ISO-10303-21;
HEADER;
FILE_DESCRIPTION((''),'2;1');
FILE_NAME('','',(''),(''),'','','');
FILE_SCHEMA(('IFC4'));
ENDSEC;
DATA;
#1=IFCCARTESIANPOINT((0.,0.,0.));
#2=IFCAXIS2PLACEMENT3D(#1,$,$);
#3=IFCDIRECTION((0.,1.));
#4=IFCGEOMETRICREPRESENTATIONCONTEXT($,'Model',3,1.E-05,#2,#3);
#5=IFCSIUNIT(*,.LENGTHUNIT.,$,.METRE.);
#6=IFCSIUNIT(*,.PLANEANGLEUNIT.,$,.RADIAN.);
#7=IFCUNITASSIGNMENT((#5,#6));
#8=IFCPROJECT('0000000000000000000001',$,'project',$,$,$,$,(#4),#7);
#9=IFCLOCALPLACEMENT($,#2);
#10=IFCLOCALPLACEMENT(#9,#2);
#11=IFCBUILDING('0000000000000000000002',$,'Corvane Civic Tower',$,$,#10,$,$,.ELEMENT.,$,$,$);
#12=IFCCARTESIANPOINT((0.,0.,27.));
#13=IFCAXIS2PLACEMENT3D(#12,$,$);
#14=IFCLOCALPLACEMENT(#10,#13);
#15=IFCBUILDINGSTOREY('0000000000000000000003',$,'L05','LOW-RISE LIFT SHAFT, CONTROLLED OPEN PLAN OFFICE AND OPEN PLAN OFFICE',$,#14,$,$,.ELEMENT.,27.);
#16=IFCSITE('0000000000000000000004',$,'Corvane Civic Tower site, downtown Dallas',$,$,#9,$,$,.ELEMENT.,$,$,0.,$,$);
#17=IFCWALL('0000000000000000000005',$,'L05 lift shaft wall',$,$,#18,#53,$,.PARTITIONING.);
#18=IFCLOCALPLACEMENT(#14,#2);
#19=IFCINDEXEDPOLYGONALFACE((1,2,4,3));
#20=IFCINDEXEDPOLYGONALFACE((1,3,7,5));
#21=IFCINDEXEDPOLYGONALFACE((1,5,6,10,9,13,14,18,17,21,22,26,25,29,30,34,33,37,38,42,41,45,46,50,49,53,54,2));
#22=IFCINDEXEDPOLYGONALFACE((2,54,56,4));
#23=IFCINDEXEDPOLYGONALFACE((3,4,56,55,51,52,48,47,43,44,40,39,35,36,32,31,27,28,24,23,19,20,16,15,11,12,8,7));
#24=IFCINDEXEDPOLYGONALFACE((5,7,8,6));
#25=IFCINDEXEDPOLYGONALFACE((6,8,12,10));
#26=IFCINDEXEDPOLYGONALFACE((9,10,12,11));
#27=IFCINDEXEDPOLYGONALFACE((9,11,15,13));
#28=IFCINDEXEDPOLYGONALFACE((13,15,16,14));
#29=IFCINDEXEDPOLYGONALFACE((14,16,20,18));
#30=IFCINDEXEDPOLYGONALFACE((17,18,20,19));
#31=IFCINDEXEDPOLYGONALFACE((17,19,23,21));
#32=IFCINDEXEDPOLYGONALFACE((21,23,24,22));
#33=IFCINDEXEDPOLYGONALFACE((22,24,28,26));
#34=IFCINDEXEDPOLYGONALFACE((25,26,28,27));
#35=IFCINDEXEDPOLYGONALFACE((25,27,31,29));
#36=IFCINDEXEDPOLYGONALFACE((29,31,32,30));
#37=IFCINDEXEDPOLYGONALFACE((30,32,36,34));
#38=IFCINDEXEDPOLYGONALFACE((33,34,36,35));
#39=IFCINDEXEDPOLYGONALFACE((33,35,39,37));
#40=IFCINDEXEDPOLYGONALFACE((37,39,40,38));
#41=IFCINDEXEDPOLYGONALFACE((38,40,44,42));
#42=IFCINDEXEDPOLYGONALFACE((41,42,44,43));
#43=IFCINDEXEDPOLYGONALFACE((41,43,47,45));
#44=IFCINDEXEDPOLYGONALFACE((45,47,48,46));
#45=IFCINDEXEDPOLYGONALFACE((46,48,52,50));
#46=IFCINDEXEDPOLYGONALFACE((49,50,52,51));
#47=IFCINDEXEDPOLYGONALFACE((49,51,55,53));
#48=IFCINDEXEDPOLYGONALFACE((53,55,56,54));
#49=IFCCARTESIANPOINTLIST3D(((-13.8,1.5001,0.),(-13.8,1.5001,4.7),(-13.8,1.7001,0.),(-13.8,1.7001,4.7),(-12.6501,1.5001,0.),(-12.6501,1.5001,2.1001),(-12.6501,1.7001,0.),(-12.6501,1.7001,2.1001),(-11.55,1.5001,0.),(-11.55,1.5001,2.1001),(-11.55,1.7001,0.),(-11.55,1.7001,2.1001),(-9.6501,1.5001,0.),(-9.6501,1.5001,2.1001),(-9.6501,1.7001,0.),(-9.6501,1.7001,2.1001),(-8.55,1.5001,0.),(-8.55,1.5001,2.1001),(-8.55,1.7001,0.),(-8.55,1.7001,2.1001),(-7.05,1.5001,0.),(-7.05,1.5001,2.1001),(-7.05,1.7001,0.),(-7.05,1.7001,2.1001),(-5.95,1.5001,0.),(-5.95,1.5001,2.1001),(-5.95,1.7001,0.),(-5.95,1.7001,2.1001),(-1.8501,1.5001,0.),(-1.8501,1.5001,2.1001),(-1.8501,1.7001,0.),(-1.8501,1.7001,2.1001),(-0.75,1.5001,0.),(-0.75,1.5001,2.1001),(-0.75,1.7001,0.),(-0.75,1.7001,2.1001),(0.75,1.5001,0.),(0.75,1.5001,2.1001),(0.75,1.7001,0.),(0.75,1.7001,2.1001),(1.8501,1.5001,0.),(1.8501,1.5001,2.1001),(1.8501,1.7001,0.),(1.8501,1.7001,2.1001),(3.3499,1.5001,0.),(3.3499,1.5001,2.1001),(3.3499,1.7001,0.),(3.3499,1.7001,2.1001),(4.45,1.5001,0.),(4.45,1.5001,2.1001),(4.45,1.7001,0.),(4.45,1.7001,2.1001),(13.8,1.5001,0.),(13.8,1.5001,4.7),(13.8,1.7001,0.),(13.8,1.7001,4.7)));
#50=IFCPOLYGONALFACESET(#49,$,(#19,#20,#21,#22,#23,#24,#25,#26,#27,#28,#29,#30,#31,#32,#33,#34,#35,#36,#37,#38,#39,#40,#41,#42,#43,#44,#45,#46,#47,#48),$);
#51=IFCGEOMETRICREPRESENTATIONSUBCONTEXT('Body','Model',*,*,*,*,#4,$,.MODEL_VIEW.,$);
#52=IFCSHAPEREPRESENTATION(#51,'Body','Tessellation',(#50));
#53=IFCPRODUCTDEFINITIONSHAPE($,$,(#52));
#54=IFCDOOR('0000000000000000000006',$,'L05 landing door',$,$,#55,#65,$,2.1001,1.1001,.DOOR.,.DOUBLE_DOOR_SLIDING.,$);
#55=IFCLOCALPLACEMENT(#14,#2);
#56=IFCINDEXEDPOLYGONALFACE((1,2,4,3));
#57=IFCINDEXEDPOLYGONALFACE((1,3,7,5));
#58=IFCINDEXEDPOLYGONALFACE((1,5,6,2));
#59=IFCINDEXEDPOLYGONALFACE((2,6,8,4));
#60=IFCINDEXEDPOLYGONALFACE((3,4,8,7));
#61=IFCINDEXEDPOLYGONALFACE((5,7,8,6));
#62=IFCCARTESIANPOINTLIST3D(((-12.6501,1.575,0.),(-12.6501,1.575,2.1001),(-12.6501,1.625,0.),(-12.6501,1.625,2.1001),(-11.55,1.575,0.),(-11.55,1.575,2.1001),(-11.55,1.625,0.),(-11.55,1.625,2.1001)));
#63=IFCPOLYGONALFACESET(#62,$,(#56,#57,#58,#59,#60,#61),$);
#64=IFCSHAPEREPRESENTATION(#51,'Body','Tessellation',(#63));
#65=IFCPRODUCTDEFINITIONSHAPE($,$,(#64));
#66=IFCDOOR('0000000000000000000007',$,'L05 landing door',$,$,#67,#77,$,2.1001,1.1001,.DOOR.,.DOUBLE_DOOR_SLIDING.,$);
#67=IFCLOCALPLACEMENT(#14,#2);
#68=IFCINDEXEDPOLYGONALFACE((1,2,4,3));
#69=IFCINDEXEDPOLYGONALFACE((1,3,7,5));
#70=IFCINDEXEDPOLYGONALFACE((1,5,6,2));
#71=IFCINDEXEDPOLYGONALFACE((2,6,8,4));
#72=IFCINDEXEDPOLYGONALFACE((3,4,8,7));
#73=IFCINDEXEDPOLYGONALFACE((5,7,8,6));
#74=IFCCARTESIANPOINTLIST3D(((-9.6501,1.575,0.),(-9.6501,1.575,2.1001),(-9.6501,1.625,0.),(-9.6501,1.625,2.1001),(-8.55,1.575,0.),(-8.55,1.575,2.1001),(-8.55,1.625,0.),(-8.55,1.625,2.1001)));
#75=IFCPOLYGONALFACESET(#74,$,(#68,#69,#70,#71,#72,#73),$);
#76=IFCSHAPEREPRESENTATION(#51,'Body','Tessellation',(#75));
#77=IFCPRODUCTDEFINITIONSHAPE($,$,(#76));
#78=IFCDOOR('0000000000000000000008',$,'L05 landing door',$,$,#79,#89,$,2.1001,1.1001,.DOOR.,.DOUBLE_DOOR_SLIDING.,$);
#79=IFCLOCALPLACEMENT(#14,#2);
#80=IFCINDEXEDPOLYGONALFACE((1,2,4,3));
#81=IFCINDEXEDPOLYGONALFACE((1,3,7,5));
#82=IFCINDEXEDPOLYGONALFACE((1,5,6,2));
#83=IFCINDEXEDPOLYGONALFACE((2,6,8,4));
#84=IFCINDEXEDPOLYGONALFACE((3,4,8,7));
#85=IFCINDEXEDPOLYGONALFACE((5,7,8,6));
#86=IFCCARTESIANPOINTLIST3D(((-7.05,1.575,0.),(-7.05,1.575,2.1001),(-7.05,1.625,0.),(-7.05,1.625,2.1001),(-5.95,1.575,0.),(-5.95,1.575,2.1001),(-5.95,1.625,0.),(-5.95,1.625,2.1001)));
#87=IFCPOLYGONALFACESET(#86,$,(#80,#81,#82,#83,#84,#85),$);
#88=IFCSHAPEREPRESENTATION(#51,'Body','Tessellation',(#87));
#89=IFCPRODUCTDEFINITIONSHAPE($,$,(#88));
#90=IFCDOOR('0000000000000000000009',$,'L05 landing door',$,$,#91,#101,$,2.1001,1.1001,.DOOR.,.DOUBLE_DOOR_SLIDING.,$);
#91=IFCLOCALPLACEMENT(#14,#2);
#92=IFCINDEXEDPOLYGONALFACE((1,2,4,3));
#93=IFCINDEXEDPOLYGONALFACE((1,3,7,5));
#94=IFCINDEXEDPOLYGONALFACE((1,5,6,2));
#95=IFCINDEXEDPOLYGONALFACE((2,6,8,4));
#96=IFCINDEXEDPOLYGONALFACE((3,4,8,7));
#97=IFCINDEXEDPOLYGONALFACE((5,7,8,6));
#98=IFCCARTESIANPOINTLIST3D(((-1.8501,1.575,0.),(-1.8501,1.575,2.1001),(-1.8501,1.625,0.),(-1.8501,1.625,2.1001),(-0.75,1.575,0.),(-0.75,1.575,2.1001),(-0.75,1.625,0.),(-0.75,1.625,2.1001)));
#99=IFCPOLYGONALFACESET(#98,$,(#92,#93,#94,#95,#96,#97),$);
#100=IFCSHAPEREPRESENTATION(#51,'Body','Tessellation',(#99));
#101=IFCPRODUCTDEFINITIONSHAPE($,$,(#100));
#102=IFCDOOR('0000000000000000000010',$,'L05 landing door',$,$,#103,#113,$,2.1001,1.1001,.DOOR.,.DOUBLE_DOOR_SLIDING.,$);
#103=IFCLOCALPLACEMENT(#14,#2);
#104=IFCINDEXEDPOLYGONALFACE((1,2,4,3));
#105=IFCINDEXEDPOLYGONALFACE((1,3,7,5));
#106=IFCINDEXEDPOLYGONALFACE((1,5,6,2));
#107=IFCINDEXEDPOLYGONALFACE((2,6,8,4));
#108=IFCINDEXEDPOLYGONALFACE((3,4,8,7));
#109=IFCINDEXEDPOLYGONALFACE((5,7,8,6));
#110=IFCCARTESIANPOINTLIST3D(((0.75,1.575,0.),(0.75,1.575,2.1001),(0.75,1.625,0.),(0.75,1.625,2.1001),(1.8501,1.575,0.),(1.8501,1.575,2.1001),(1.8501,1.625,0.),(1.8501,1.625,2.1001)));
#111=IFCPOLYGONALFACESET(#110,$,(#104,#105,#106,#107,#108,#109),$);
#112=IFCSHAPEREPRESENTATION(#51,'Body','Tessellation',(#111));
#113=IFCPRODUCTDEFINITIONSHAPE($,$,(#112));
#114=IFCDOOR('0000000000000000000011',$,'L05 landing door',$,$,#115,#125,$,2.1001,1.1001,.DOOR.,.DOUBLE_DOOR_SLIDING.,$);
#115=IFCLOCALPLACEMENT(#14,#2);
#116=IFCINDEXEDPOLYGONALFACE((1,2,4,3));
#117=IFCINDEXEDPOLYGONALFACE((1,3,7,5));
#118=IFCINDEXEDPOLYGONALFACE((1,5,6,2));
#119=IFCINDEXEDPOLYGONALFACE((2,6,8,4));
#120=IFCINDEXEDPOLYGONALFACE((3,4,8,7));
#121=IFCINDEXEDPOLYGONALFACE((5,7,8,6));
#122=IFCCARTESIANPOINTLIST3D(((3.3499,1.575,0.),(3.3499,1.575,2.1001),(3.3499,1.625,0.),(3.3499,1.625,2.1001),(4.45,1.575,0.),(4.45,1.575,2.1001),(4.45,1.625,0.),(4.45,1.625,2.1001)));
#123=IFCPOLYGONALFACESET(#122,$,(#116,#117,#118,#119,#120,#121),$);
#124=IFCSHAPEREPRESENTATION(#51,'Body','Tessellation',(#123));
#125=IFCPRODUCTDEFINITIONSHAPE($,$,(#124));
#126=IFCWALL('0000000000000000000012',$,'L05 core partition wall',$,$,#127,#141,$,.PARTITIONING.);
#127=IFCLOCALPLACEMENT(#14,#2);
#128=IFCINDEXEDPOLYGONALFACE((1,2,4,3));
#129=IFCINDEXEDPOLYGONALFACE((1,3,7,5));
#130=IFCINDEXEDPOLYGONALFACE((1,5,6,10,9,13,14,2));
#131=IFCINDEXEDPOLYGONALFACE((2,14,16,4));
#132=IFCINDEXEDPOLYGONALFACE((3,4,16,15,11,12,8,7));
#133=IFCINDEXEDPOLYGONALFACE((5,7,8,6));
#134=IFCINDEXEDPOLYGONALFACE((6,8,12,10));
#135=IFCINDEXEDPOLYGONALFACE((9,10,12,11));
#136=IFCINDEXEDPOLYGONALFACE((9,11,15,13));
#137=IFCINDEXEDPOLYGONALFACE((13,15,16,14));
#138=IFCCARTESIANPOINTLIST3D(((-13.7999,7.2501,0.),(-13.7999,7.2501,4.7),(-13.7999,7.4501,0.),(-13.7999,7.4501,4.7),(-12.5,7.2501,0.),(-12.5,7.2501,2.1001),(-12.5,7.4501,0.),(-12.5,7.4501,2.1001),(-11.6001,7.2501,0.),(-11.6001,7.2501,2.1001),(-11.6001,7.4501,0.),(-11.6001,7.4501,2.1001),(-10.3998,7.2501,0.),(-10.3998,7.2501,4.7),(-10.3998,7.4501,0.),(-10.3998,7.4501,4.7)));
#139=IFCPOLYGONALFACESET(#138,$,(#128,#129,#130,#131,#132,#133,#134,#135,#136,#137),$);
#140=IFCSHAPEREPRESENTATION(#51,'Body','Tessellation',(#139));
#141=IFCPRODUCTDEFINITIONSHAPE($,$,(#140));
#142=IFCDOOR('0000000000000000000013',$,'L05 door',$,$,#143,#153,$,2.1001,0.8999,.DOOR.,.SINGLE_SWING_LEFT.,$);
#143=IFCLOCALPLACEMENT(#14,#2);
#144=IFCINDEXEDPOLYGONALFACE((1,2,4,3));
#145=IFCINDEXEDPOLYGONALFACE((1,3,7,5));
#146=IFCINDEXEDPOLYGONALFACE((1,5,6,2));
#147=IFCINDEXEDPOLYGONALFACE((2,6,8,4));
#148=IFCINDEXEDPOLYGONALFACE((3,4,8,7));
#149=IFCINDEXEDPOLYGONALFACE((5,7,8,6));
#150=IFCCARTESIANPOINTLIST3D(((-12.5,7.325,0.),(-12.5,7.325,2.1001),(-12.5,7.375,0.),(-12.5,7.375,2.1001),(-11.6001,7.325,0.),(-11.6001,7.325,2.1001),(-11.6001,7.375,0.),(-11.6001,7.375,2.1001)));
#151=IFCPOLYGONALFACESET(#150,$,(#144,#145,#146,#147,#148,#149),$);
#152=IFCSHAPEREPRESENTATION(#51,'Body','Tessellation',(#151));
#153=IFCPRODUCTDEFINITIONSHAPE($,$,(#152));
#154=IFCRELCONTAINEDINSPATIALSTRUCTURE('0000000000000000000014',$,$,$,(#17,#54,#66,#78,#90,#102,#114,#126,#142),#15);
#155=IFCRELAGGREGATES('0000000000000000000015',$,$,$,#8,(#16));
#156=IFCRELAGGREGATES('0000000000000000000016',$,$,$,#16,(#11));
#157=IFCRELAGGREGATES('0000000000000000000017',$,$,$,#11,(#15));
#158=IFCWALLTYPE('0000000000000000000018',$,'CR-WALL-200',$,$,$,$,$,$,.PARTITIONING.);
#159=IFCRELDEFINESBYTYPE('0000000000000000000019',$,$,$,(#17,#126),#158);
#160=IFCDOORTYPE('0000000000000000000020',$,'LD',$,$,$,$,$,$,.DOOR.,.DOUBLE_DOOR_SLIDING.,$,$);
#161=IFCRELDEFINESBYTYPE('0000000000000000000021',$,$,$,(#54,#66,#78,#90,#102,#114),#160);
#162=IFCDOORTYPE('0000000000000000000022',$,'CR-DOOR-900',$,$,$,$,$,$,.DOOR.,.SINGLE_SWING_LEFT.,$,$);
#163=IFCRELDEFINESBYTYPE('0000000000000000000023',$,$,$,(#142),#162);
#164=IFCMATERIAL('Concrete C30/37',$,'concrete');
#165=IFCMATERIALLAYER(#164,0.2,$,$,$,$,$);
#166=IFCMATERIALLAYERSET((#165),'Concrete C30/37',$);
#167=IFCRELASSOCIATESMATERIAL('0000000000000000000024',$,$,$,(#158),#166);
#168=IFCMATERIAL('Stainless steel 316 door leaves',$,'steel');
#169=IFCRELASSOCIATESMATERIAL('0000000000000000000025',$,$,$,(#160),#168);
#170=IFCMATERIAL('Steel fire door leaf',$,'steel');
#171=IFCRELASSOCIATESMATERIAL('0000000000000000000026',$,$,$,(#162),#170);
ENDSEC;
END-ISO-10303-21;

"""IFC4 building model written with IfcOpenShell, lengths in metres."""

from ifc_helpers import new_model, si_unit, direction, frame, frame_2d, origin, place, context, subcontext, project, spatial, rectangle, extrude, material, layer, layer_set, type_object, element, fill, save


model = new_model("IFC4")

# Units and contexts
model_context = context("Model", 3, precision=1e-05, world=origin(), true_north=direction((0.0, 1.0)))
body_context = subcontext(model_context, "Body", "Model", "MODEL_VIEW")
ifc_project = project(units=[si_unit("LENGTHUNIT", "METRE"), si_unit("PLANEANGLEUNIT", "RADIAN")], contexts=[model_context])

# Site, building, storey
site_placement = place(None, origin())
site = spatial("IfcSite", under=ifc_project, at=site_placement, Name="Corvane Civic Tower site, downtown Dallas", CompositionType="ELEMENT", RefElevation=0.0)
building_placement = place(site_placement, origin())
building = spatial("IfcBuilding", under=site, at=building_placement, Name="Corvane Civic Tower", CompositionType="ELEMENT")
storey_placement = place(building_placement, frame((0.0, 0.0, 27.0)))
storey = spatial("IfcBuildingStorey", under=building, at=storey_placement, Name="L05", Description="LOW-RISE LIFT SHAFT, CONTROLLED OPEN PLAN OFFICE AND OPEN PLAN OFFICE", CompositionType="ELEMENT", Elevation=27.0)

# Wall, openings, doors
ifc_material_1 = material(Name="Concrete C30/37", Category="concrete")
ifc_layer_1 = layer(ifc_material_1, 0.2)
ifc_layer_set_1 = layer_set([ifc_layer_1], Name="Concrete C30/37")
wall_type_1 = type_object("IfcWallType", Name="CR-WALL-200", PredefinedType="PARTITIONING", material=ifc_layer_set_1)
wall_1_placement = place(storey_placement, frame((-13.8, 1.6001, 0.0), z_axis=(0.0, 0.0, 1.0), x_axis=(1.0, 0.0, 0.0)))
wall_1 = element("IfcWall", 1, at=wall_1_placement, inside=storey, type_object=wall_type_1, Name="L05 lift shaft wall", PredefinedType="PARTITIONING", context=body_context, shape_type="SweptSolid", body=[
    extrude(rectangle(XDim=27.6001, YDim=0.2, at=frame_2d((13.8, 0.0))), origin(), (0.0, 0.0, 1.0), 4.7),
])
opening_1_placement = place(wall_1_placement, frame((1.1499, 0.0, 0.0)))
opening_1 = element("IfcOpeningElement", 2, at=opening_1_placement, cuts=wall_1, PredefinedType="OPENING", context=body_context, shape_type="SweptSolid", body=[
    extrude(rectangle(XDim=1.1001, YDim=2.1001, at=frame_2d((0.55, 1.05))), frame((0.0, 0.1099, 0.0), z_axis=(0.0, -1.0, 0.0), x_axis=(1.0, 0.0, 0.0)), (0.0, 0.0, 1.0), 0.22),
])
opening_2_placement = place(wall_1_placement, frame((4.1499, 0.0, 0.0)))
opening_2 = element("IfcOpeningElement", 3, at=opening_2_placement, cuts=wall_1, PredefinedType="OPENING", context=body_context, shape_type="SweptSolid", body=[
    extrude(rectangle(XDim=1.1001, YDim=2.1001, at=frame_2d((0.55, 1.05))), frame((0.0, 0.1099, 0.0), z_axis=(0.0, -1.0, 0.0), x_axis=(1.0, 0.0, 0.0)), (0.0, 0.0, 1.0), 0.22),
])
opening_3_placement = place(wall_1_placement, frame((6.75, 0.0, 0.0)))
opening_3 = element("IfcOpeningElement", 4, at=opening_3_placement, cuts=wall_1, PredefinedType="OPENING", context=body_context, shape_type="SweptSolid", body=[
    extrude(rectangle(XDim=1.1001, YDim=2.1001, at=frame_2d((0.55, 1.05))), frame((0.0, 0.1099, 0.0), z_axis=(0.0, -1.0, 0.0), x_axis=(1.0, 0.0, 0.0)), (0.0, 0.0, 1.0), 0.22),
])
opening_4_placement = place(wall_1_placement, frame((11.95, 0.0, 0.0)))
opening_4 = element("IfcOpeningElement", 5, at=opening_4_placement, cuts=wall_1, PredefinedType="OPENING", context=body_context, shape_type="SweptSolid", body=[
    extrude(rectangle(XDim=1.1001, YDim=2.1001, at=frame_2d((0.55, 1.05))), frame((0.0, 0.1099, 0.0), z_axis=(0.0, -1.0, 0.0), x_axis=(1.0, 0.0, 0.0)), (0.0, 0.0, 1.0), 0.22),
])
opening_5_placement = place(wall_1_placement, frame((14.55, 0.0, 0.0)))
opening_5 = element("IfcOpeningElement", 6, at=opening_5_placement, cuts=wall_1, PredefinedType="OPENING", context=body_context, shape_type="SweptSolid", body=[
    extrude(rectangle(XDim=1.1001, YDim=2.1001, at=frame_2d((0.55, 1.05))), frame((0.0, 0.1099, 0.0), z_axis=(0.0, -1.0, 0.0), x_axis=(1.0, 0.0, 0.0)), (0.0, 0.0, 1.0), 0.22),
])
opening_6_placement = place(wall_1_placement, frame((17.1499, 0.0, 0.0)))
opening_6 = element("IfcOpeningElement", 7, at=opening_6_placement, cuts=wall_1, PredefinedType="OPENING", context=body_context, shape_type="SweptSolid", body=[
    extrude(rectangle(XDim=1.1001, YDim=2.1001, at=frame_2d((0.55, 1.05))), frame((0.0, 0.1099, 0.0), z_axis=(0.0, -1.0, 0.0), x_axis=(1.0, 0.0, 0.0)), (0.0, 0.0, 1.0), 0.22),
])
ifc_material_2 = material(Name="Stainless steel 316 door leaves", Category="steel")
door_type_1 = type_object("IfcDoorType", Name="LD", OperationType="DOUBLE_DOOR_SLIDING", PredefinedType="DOOR", material=ifc_material_2)
door_1_placement = place(opening_1_placement, origin())
door_1 = element("IfcDoor", 8, at=door_1_placement, inside=storey, type_object=door_type_1, Name="L05 landing door", OperationType="DOUBLE_DOOR_SLIDING", OverallHeight=2.1001, OverallWidth=1.1001, PredefinedType="DOOR", context=body_context, shape_type="SweptSolid", body=[
    extrude(rectangle(XDim=1.1001, YDim=2.1001, at=frame_2d((0.55, 1.05))), frame((0.0, 0.0249, 0.0), z_axis=(0.0, -1.0, 0.0), x_axis=(1.0, 0.0, 0.0)), (0.0, 0.0, 1.0), 0.05),
])
fill(opening_1, door_1)
door_2_placement = place(opening_2_placement, origin())
door_2 = element("IfcDoor", 9, at=door_2_placement, inside=storey, type_object=door_type_1, Name="L05 landing door", OperationType="DOUBLE_DOOR_SLIDING", OverallHeight=2.1001, OverallWidth=1.1001, PredefinedType="DOOR", context=body_context, shape_type="SweptSolid", body=[
    extrude(rectangle(XDim=1.1001, YDim=2.1001, at=frame_2d((0.55, 1.05))), frame((0.0, 0.0249, 0.0), z_axis=(0.0, -1.0, 0.0), x_axis=(1.0, 0.0, 0.0)), (0.0, 0.0, 1.0), 0.05),
])
fill(opening_2, door_2)
door_3_placement = place(opening_3_placement, origin())
door_3 = element("IfcDoor", 10, at=door_3_placement, inside=storey, type_object=door_type_1, Name="L05 landing door", OperationType="DOUBLE_DOOR_SLIDING", OverallHeight=2.1001, OverallWidth=1.1001, PredefinedType="DOOR", context=body_context, shape_type="SweptSolid", body=[
    extrude(rectangle(XDim=1.1001, YDim=2.1001, at=frame_2d((0.55, 1.05))), frame((0.0, 0.0249, 0.0), z_axis=(0.0, -1.0, 0.0), x_axis=(1.0, 0.0, 0.0)), (0.0, 0.0, 1.0), 0.05),
])
fill(opening_3, door_3)
door_4_placement = place(opening_4_placement, origin())
door_4 = element("IfcDoor", 11, at=door_4_placement, inside=storey, type_object=door_type_1, Name="L05 landing door", OperationType="DOUBLE_DOOR_SLIDING", OverallHeight=2.1001, OverallWidth=1.1001, PredefinedType="DOOR", context=body_context, shape_type="SweptSolid", body=[
    extrude(rectangle(XDim=1.1001, YDim=2.1001, at=frame_2d((0.55, 1.05))), frame((0.0, 0.0249, 0.0), z_axis=(0.0, -1.0, 0.0), x_axis=(1.0, 0.0, 0.0)), (0.0, 0.0, 1.0), 0.05),
])
fill(opening_4, door_4)
door_5_placement = place(opening_5_placement, origin())
door_5 = element("IfcDoor", 12, at=door_5_placement, inside=storey, type_object=door_type_1, Name="L05 landing door", OperationType="DOUBLE_DOOR_SLIDING", OverallHeight=2.1001, OverallWidth=1.1001, PredefinedType="DOOR", context=body_context, shape_type="SweptSolid", body=[
    extrude(rectangle(XDim=1.1001, YDim=2.1001, at=frame_2d((0.55, 1.05))), frame((0.0, 0.0249, 0.0), z_axis=(0.0, -1.0, 0.0), x_axis=(1.0, 0.0, 0.0)), (0.0, 0.0, 1.0), 0.05),
])
fill(opening_5, door_5)
door_6_placement = place(opening_6_placement, origin())
door_6 = element("IfcDoor", 13, at=door_6_placement, inside=storey, type_object=door_type_1, Name="L05 landing door", OperationType="DOUBLE_DOOR_SLIDING", OverallHeight=2.1001, OverallWidth=1.1001, PredefinedType="DOOR", context=body_context, shape_type="SweptSolid", body=[
    extrude(rectangle(XDim=1.1001, YDim=2.1001, at=frame_2d((0.55, 1.05))), frame((0.0, 0.0249, 0.0), z_axis=(0.0, -1.0, 0.0), x_axis=(1.0, 0.0, 0.0)), (0.0, 0.0, 1.0), 0.05),
])
fill(opening_6, door_6)

# Wall, opening, door
wall_2_placement = place(storey_placement, frame((-13.8, 7.3501, 0.0), z_axis=(0.0, 0.0, 1.0), x_axis=(1.0, 0.0, 0.0)))
wall_2 = element("IfcWall", 14, at=wall_2_placement, inside=storey, type_object=wall_type_1, Name="L05 core partition wall", PredefinedType="PARTITIONING", context=body_context, shape_type="SweptSolid", body=[
    extrude(rectangle(XDim=3.4001, YDim=0.2, at=frame_2d((1.7002, 0.0))), origin(), (0.0, 0.0, 1.0), 4.7),
])
opening_7_placement = place(wall_2_placement, frame((1.3, 0.0, 0.0)))
opening_7 = element("IfcOpeningElement", 15, at=opening_7_placement, cuts=wall_2, PredefinedType="OPENING", context=body_context, shape_type="SweptSolid", body=[
    extrude(rectangle(XDim=0.8999, YDim=2.1001, at=frame_2d((0.45, 1.05))), frame((0.0, 0.1099, 0.0), z_axis=(0.0, -1.0, 0.0), x_axis=(1.0, 0.0, 0.0)), (0.0, 0.0, 1.0), 0.22),
])
ifc_material_3 = material(Name="Steel fire door leaf", Category="steel")
door_type_2 = type_object("IfcDoorType", Name="CR-DOOR-900", OperationType="SINGLE_SWING_LEFT", PredefinedType="DOOR", material=ifc_material_3)
door_7_placement = place(opening_7_placement, origin())
door_7 = element("IfcDoor", 16, at=door_7_placement, inside=storey, type_object=door_type_2, Name="L05 door", OperationType="SINGLE_SWING_LEFT", OverallHeight=2.1001, OverallWidth=0.8999, PredefinedType="DOOR", context=body_context, shape_type="SweptSolid", body=[
    extrude(rectangle(XDim=0.8999, YDim=2.1001, at=frame_2d((0.45, 1.05))), frame((0.0, 0.0249, 0.0), z_axis=(0.0, -1.0, 0.0), x_axis=(1.0, 0.0, 0.0)), (0.0, 0.0, 1.0), 0.05),
])
fill(opening_7, door_7)

save(model, "model.ifc")
